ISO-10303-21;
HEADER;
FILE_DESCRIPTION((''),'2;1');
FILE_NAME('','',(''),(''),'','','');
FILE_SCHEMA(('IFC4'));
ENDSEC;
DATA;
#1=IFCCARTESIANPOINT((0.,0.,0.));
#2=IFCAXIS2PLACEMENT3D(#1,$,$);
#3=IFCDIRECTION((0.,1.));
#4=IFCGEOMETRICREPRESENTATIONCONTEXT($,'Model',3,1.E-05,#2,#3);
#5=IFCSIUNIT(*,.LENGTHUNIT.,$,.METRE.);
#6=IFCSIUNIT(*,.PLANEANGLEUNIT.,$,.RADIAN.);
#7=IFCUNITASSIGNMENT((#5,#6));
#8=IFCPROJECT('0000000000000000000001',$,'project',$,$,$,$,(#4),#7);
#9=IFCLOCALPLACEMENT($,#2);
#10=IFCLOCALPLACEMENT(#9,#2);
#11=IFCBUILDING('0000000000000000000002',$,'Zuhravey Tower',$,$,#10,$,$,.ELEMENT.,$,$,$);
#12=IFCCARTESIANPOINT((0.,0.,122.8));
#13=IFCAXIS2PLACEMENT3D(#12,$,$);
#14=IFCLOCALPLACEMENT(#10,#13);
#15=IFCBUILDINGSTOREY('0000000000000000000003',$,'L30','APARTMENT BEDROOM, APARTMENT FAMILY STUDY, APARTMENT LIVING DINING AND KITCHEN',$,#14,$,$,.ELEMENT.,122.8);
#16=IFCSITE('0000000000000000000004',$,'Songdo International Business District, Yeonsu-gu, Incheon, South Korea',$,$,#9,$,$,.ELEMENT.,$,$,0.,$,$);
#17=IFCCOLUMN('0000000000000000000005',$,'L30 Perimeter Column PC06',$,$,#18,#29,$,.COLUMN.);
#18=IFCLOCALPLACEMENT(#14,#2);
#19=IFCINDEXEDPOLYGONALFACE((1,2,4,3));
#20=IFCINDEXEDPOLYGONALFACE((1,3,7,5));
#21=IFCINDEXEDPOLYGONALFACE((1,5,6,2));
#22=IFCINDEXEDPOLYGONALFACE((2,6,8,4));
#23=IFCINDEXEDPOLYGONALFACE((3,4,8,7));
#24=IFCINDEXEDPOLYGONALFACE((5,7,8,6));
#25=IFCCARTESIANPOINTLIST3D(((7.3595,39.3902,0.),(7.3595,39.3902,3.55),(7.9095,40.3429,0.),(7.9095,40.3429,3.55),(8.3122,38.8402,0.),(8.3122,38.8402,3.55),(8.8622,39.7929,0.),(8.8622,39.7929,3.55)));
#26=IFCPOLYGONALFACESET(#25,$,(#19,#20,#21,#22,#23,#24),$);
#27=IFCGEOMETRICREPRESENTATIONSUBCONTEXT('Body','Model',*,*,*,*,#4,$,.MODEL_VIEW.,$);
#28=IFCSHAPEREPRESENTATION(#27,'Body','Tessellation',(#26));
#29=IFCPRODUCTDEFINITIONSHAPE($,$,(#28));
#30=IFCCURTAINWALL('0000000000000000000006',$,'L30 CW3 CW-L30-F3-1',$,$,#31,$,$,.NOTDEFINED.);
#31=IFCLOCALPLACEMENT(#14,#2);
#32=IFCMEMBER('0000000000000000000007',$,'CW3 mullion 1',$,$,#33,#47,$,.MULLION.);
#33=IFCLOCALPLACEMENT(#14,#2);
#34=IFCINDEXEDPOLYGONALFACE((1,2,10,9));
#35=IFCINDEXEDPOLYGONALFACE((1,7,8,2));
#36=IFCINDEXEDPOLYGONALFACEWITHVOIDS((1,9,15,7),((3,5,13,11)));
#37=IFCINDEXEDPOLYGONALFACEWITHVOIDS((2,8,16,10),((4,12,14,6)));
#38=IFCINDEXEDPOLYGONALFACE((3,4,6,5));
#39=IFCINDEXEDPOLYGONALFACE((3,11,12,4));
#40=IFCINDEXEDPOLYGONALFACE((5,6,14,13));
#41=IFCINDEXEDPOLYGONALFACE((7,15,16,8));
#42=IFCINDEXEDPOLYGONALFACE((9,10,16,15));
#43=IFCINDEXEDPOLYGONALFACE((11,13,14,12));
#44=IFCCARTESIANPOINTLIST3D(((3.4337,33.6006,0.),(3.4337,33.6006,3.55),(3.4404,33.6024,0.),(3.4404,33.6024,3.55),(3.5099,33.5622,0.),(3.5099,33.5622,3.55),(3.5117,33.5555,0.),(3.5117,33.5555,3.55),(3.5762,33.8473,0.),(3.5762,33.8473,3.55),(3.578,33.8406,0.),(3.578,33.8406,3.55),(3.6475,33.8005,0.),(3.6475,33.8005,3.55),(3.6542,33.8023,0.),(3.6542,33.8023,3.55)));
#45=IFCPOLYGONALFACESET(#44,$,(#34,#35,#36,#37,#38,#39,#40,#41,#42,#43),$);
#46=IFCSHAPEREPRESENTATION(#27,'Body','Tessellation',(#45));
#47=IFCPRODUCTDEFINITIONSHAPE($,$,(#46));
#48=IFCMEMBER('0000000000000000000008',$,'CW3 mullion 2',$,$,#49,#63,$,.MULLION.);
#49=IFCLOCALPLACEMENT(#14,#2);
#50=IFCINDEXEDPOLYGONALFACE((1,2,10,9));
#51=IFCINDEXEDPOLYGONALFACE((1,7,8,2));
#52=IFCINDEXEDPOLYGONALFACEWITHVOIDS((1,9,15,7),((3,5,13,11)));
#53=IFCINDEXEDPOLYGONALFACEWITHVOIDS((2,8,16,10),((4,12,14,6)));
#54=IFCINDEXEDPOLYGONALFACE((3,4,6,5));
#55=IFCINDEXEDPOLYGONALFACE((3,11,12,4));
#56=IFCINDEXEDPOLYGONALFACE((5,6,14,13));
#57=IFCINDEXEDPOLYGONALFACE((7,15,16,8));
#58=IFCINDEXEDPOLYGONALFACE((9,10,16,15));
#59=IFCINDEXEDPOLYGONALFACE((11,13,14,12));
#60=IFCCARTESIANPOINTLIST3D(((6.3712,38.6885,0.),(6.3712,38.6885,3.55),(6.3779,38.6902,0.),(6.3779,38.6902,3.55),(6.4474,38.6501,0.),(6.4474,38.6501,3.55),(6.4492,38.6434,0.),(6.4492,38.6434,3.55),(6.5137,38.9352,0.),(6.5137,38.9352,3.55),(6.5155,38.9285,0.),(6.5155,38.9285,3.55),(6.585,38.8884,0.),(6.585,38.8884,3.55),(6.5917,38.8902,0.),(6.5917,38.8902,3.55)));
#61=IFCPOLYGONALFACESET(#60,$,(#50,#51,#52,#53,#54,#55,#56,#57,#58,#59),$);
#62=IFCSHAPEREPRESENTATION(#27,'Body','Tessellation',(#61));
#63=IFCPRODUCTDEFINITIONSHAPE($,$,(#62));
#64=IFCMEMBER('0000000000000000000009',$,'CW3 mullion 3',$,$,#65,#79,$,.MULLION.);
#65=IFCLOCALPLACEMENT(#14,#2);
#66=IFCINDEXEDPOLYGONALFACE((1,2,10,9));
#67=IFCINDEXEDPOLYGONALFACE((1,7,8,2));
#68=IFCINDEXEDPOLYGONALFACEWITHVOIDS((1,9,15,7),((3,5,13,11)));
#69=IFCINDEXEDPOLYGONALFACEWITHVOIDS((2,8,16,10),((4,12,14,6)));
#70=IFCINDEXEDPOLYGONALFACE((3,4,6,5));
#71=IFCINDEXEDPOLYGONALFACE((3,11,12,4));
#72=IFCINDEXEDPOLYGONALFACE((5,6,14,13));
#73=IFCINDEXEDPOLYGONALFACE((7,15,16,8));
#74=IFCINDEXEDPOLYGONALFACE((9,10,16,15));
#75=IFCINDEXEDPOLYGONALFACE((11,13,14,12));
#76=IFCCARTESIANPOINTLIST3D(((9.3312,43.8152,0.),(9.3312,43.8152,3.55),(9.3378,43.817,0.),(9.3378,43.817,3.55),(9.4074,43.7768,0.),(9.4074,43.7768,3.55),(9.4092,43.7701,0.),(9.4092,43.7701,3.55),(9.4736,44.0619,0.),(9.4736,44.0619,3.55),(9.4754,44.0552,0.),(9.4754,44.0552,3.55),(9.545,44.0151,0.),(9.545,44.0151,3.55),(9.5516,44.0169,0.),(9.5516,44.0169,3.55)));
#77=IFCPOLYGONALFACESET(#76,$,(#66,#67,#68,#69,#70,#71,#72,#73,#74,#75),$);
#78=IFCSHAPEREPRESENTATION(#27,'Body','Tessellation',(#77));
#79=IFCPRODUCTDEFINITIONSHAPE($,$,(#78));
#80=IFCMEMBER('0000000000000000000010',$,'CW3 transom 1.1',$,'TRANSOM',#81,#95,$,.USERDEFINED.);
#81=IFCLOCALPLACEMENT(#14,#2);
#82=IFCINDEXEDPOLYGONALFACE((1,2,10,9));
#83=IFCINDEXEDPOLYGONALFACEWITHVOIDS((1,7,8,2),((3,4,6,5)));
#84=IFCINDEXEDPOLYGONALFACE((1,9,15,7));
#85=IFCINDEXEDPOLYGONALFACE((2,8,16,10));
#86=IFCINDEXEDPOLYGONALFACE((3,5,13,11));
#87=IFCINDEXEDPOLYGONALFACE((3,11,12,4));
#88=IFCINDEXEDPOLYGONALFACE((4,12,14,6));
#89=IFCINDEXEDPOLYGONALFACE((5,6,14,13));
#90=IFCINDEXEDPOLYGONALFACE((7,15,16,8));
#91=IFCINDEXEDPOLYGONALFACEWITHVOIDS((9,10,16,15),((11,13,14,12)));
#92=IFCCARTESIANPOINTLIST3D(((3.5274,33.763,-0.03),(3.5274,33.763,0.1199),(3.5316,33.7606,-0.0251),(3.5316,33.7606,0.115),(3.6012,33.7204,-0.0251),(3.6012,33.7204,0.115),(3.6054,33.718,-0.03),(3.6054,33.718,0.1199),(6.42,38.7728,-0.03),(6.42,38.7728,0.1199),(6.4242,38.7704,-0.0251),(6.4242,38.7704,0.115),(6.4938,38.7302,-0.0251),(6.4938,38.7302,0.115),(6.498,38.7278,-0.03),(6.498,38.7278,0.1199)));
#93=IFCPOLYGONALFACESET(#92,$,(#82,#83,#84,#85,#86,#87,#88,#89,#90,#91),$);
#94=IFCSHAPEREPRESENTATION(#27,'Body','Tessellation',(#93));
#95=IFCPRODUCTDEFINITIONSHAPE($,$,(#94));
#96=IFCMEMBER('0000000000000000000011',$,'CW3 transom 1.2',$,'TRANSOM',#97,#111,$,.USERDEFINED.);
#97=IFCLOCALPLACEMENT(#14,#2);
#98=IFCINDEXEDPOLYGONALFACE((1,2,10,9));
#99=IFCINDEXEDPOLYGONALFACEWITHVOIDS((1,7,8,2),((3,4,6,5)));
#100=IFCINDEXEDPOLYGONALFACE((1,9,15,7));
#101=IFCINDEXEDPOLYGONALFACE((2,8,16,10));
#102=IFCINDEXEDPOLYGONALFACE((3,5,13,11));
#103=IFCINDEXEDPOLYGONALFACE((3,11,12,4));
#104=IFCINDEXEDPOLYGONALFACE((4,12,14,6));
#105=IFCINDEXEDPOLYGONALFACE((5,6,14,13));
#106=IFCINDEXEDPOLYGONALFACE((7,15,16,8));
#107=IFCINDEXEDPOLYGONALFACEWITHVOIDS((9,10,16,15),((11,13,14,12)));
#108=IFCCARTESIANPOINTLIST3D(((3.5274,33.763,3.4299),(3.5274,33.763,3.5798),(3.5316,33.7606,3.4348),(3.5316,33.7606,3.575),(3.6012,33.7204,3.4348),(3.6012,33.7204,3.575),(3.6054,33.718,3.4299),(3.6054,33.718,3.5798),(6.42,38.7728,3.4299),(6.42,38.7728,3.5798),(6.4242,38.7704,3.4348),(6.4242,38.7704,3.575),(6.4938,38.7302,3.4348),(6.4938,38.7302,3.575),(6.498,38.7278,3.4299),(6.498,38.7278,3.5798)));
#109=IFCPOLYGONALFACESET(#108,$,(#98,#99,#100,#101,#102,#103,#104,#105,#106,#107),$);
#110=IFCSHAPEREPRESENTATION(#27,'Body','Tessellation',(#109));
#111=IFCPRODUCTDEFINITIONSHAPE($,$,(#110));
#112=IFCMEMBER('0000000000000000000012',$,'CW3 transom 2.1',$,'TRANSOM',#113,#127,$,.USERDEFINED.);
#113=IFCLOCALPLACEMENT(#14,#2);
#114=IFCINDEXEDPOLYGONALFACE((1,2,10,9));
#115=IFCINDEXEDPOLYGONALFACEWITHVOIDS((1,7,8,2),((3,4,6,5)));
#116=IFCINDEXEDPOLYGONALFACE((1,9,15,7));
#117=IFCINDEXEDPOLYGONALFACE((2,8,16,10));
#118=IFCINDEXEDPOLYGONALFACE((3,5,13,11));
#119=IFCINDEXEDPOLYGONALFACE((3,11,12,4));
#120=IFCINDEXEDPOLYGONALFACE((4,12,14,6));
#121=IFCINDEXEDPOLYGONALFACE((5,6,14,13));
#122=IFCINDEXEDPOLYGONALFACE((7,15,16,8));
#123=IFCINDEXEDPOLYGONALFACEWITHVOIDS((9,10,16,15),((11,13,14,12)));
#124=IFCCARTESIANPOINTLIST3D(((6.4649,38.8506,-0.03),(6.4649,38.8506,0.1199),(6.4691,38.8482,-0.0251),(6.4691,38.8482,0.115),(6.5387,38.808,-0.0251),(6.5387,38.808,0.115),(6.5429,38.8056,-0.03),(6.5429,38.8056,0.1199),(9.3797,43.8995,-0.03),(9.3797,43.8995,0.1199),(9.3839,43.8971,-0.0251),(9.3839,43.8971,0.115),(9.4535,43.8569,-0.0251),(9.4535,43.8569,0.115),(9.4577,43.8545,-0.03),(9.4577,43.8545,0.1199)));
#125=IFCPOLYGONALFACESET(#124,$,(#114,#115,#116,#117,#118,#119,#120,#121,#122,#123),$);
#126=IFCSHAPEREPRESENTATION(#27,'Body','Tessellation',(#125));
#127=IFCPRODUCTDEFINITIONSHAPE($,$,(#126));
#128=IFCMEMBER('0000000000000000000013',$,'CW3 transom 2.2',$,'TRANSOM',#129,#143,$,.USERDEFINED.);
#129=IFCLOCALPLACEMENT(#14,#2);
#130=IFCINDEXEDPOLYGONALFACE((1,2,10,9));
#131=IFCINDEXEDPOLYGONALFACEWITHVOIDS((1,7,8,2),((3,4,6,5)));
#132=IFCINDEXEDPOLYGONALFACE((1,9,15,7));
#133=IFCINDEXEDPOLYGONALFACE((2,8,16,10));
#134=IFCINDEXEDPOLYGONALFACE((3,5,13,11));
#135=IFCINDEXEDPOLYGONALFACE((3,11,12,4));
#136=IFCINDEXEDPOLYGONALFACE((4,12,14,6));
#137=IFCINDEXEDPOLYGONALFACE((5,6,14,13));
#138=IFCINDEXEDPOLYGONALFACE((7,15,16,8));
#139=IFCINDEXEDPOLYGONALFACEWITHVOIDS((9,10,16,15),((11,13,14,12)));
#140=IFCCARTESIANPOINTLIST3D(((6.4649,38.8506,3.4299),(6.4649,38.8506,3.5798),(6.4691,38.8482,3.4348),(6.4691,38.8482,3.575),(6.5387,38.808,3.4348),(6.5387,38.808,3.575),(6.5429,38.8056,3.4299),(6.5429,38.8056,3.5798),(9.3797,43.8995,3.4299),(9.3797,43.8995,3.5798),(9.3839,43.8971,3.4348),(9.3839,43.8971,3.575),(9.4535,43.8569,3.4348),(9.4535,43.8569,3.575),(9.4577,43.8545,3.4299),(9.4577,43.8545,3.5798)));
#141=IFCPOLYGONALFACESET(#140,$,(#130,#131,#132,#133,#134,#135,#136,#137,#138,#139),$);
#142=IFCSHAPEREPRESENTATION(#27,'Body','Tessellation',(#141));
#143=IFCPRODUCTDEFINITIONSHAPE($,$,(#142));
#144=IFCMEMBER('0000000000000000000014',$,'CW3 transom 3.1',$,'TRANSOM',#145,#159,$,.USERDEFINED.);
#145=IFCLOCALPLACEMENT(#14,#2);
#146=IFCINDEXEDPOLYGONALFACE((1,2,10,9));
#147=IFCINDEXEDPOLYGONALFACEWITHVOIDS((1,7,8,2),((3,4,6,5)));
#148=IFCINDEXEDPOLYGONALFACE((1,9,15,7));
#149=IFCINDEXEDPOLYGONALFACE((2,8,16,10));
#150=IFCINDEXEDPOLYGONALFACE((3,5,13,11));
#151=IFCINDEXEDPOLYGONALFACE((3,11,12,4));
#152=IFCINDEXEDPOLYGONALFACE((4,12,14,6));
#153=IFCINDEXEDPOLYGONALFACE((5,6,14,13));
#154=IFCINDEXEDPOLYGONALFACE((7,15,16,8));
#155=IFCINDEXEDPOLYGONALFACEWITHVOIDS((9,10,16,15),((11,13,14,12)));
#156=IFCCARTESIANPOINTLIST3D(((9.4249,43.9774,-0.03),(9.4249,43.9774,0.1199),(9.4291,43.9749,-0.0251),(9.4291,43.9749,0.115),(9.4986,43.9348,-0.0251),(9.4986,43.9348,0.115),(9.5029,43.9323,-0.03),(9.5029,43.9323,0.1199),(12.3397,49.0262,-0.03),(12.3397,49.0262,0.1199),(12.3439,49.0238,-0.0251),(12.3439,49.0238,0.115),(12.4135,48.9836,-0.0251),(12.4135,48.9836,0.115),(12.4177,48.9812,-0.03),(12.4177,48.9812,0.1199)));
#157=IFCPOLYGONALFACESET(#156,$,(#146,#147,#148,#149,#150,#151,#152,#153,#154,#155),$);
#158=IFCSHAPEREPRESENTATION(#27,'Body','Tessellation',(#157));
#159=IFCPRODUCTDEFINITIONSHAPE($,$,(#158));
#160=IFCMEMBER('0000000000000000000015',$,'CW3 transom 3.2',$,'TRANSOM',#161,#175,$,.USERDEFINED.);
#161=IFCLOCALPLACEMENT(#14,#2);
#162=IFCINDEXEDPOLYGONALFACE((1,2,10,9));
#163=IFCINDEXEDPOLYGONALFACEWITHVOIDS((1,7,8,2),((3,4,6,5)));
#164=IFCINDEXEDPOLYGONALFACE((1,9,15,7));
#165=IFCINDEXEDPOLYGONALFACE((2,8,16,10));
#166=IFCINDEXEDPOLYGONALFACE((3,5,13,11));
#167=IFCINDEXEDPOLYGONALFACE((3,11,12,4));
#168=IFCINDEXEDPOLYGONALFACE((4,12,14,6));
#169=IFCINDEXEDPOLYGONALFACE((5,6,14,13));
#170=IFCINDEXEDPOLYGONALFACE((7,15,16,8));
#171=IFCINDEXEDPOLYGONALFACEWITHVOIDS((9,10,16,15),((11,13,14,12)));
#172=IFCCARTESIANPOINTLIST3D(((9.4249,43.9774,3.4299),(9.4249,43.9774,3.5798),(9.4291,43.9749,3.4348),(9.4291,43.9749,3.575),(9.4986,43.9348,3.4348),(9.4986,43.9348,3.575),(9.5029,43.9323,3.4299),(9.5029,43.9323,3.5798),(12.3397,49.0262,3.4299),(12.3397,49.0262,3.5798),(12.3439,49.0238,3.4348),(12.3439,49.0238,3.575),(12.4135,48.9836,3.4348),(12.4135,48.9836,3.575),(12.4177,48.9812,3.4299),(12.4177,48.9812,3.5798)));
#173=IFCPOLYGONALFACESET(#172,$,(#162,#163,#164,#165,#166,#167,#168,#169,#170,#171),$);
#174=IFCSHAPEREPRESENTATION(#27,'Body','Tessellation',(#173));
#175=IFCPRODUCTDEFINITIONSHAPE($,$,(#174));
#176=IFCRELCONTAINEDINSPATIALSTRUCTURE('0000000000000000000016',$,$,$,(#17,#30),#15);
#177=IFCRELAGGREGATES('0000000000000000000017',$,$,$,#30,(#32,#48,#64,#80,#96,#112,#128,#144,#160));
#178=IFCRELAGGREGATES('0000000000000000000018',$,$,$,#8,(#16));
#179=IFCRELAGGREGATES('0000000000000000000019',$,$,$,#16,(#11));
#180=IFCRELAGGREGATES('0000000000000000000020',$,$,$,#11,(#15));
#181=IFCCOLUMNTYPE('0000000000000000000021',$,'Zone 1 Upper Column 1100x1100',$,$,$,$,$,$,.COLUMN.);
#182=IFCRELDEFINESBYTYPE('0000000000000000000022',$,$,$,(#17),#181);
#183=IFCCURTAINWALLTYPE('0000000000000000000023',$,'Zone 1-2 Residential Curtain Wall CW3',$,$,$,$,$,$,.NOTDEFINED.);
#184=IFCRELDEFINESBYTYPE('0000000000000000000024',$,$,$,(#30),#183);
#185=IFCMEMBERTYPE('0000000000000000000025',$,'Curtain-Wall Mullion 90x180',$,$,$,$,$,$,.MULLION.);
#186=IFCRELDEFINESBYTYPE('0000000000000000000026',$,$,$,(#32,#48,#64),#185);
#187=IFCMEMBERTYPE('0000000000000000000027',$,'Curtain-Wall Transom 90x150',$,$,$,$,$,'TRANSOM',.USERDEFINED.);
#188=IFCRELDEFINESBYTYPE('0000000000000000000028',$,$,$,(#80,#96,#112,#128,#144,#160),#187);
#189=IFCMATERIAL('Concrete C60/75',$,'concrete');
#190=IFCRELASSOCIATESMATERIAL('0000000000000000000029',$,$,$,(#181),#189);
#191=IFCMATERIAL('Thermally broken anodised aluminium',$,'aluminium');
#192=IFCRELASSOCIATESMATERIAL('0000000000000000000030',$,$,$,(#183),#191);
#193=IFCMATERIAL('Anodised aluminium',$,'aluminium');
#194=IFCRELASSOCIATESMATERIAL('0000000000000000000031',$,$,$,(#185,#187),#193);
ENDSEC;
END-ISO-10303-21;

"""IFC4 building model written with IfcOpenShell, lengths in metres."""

from ifc_helpers import new_model, si_unit, direction, frame, origin, origin_2d, place, context, subcontext, project, spatial, rectangle, hollow_rectangle, extrude, material, material_profile, profile_set, type_object, element, aggregate, save


model = new_model("IFC4")

# Units and contexts
model_context = context("Model", 3, precision=1e-05, world=origin(), true_north=direction((0.0, 1.0)))
body_context = subcontext(model_context, "Body", "Model", "MODEL_VIEW")
ifc_project = project(units=[si_unit("LENGTHUNIT", "METRE"), si_unit("PLANEANGLEUNIT", "RADIAN")], contexts=[model_context])

# Site, building, storey
site_placement = place(None, origin())
site = spatial("IfcSite", under=ifc_project, at=site_placement, Name="Songdo International Business District, Yeonsu-gu, Incheon, South Korea", CompositionType="ELEMENT", RefElevation=0.0)
building_placement = place(site_placement, origin())
building = spatial("IfcBuilding", under=site, at=building_placement, Name="Zuhravey Tower", CompositionType="ELEMENT")
storey_placement = place(building_placement, frame((0.0, 0.0, 122.8)))
storey = spatial("IfcBuildingStorey", under=building, at=storey_placement, Name="L30", Description="APARTMENT BEDROOM, APARTMENT FAMILY STUDY, APARTMENT LIVING DINING AND KITCHEN", CompositionType="ELEMENT", Elevation=122.8)

# Column
ifc_material_1 = material(Name="Concrete C60/75", Category="concrete")
ifc_material_profile_1 = material_profile(ifc_material_1, rectangle(XDim=1.1001, YDim=1.1001, at=origin_2d()), Name="RC-1100x1100")
ifc_profile_set_1 = profile_set([ifc_material_profile_1], Name="Concrete C60/75")
column_type = type_object("IfcColumnType", Name="Zone 1 Upper Column 1100x1100", PredefinedType="COLUMN", material=ifc_profile_set_1)
column_placement = place(storey_placement, frame((8.1108, 39.5916, 0.0), z_axis=(0.0, 0.0, 1.0), x_axis=(-0.5, -0.866025, 0.0)))
element("IfcColumn", 1, at=column_placement, inside=storey, type_object=column_type, Name="L30 Perimeter Column PC06", PredefinedType="COLUMN", context=body_context, shape_type="SweptSolid", body=[
    extrude(rectangle(XDim=1.1001, YDim=1.1001, at=origin_2d()), origin(), (0.0, 0.0, 1.0), 3.55),
])

# Curtain wall, members
ifc_material_2 = material(Name="Thermally broken anodised aluminium", Category="aluminium")
curtain_wall_type = type_object("IfcCurtainWallType", Name="Zone 1-2 Residential Curtain Wall CW3", PredefinedType="NOTDEFINED", material=ifc_material_2)
curtain_wall_placement = place(storey_placement, origin())
curtain_wall = element("IfcCurtainWall", 2, at=curtain_wall_placement, inside=storey, type_object=curtain_wall_type, Name="L30 CW3 CW-L30-F3-1", PredefinedType="NOTDEFINED")
ifc_material_3 = material(Name="Anodised aluminium", Category="aluminium")
ifc_material_profile_2 = material_profile(ifc_material_3, hollow_rectangle(XDim=0.0901, YDim=0.2849, WallThickness=0.0049, at=origin_2d()), Name="ALU-RHS-90x285x5")
ifc_profile_set_2 = profile_set([ifc_material_profile_2], Name="Anodised aluminium")
member_type_1 = type_object("IfcMemberType", Name="Curtain-Wall Mullion 90x180", PredefinedType="MULLION", material=ifc_profile_set_2)
member_1_placement = place(storey_placement, frame((3.5439, 33.7014, 0.0), z_axis=(0.0, 0.0, 1.0), x_axis=(-0.866026, 0.5, 0.0)))
member_1 = element("IfcMember", 3, at=member_1_placement, type_object=member_type_1, Name="CW3 mullion 1", PredefinedType="MULLION", context=body_context, shape_type="SweptSolid", body=[
    extrude(hollow_rectangle(XDim=0.0901, YDim=0.2849, WallThickness=0.0049, at=origin_2d()), origin(), (0.0, 0.0, 1.0), 3.55),
])
member_2_placement = place(storey_placement, frame((6.4814, 38.7893, 0.0), z_axis=(0.0, 0.0, 1.0), x_axis=(-0.866026, 0.5, 0.0)))
member_2 = element("IfcMember", 4, at=member_2_placement, type_object=member_type_1, Name="CW3 mullion 2", PredefinedType="MULLION", context=body_context, shape_type="SweptSolid", body=[
    extrude(hollow_rectangle(XDim=0.0901, YDim=0.2849, WallThickness=0.0049, at=origin_2d()), origin(), (0.0, 0.0, 1.0), 3.55),
])
member_3_placement = place(storey_placement, frame((9.4414, 43.916, 0.0), z_axis=(0.0, 0.0, 1.0), x_axis=(-0.866026, 0.5, 0.0)))
member_3 = element("IfcMember", 5, at=member_3_placement, type_object=member_type_1, Name="CW3 mullion 3", PredefinedType="MULLION", context=body_context, shape_type="SweptSolid", body=[
    extrude(hollow_rectangle(XDim=0.0901, YDim=0.2849, WallThickness=0.0049, at=origin_2d()), origin(), (0.0, 0.0, 1.0), 3.55),
])
ifc_material_profile_3 = material_profile(ifc_material_3, hollow_rectangle(XDim=0.0901, YDim=0.1499, WallThickness=0.0049, at=origin_2d()), Name="ALU-RHS-90x150x5")
ifc_profile_set_3 = profile_set([ifc_material_profile_3], Name="Anodised aluminium")
member_type_2 = type_object("IfcMemberType", Name="Curtain-Wall Transom 90x150", ElementType="TRANSOM", PredefinedType="USERDEFINED", material=ifc_profile_set_3)
member_4_placement = place(storey_placement, frame((3.5664, 33.7405, 0.0449), z_axis=(0.500024, 0.866011, 0.0), x_axis=(-0.866011, 0.500024, 0.0)))
member_4 = element("IfcMember", 6, at=member_4_placement, type_object=member_type_2, Name="CW3 transom 1.1", ObjectType="TRANSOM", PredefinedType="USERDEFINED", context=body_context, shape_type="SweptSolid", body=[
    extrude(hollow_rectangle(XDim=0.0901, YDim=0.1499, WallThickness=0.0049, at=origin_2d()), origin(), (0.0, 0.0, 1.0), 5.7849),
])
member_5_placement = place(storey_placement, frame((3.5664, 33.7405, 3.5049), z_axis=(0.500024, 0.866011, 0.0), x_axis=(-0.866011, 0.500024, 0.0)))
member_5 = element("IfcMember", 7, at=member_5_placement, type_object=member_type_2, Name="CW3 transom 1.2", ObjectType="TRANSOM", PredefinedType="USERDEFINED", context=body_context, shape_type="SweptSolid", body=[
    extrude(hollow_rectangle(XDim=0.0901, YDim=0.1499, WallThickness=0.0049, at=origin_2d()), origin(), (0.0, 0.0, 1.0), 5.7849),
])
member_6_placement = place(storey_placement, frame((6.5039, 38.8281, 0.0449), z_axis=(0.499981, 0.866036, 0.0), x_axis=(-0.866036, 0.499981, 0.0)))
member_6 = element("IfcMember", 8, at=member_6_placement, type_object=member_type_2, Name="CW3 transom 2.1", ObjectType="TRANSOM", PredefinedType="USERDEFINED", context=body_context, shape_type="SweptSolid", body=[
    extrude(hollow_rectangle(XDim=0.0901, YDim=0.1499, WallThickness=0.0049, at=origin_2d()), origin(), (0.0, 0.0, 1.0), 5.8298),
])
member_7_placement = place(storey_placement, frame((6.5039, 38.8281, 3.5049), z_axis=(0.499981, 0.866036, 0.0), x_axis=(-0.866036, 0.499981, 0.0)))
member_7 = element("IfcMember", 9, at=member_7_placement, type_object=member_type_2, Name="CW3 transom 2.2", ObjectType="TRANSOM", PredefinedType="USERDEFINED", context=body_context, shape_type="SweptSolid", body=[
    extrude(hollow_rectangle(XDim=0.0901, YDim=0.1499, WallThickness=0.0049, at=origin_2d()), origin(), (0.0, 0.0, 1.0), 5.8298),
])
member_8_placement = place(storey_placement, frame((9.4639, 43.9548, 0.0449), z_axis=(0.499981, 0.866036, 0.0), x_axis=(-0.866036, 0.499981, 0.0)))
member_8 = element("IfcMember", 10, at=member_8_placement, type_object=member_type_2, Name="CW3 transom 3.1", ObjectType="TRANSOM", PredefinedType="USERDEFINED", context=body_context, shape_type="SweptSolid", body=[
    extrude(hollow_rectangle(XDim=0.0901, YDim=0.1499, WallThickness=0.0049, at=origin_2d()), origin(), (0.0, 0.0, 1.0), 5.8298),
])
member_9_placement = place(storey_placement, frame((9.4639, 43.9548, 3.5049), z_axis=(0.499981, 0.866036, 0.0), x_axis=(-0.866036, 0.499981, 0.0)))
member_9 = element("IfcMember", 11, at=member_9_placement, type_object=member_type_2, Name="CW3 transom 3.2", ObjectType="TRANSOM", PredefinedType="USERDEFINED", context=body_context, shape_type="SweptSolid", body=[
    extrude(hollow_rectangle(XDim=0.0901, YDim=0.1499, WallThickness=0.0049, at=origin_2d()), origin(), (0.0, 0.0, 1.0), 5.8298),
])

aggregate(curtain_wall, [member_1, member_2, member_3, member_4, member_5, member_6, member_7, member_8, member_9])

save(model, "model.ifc")
